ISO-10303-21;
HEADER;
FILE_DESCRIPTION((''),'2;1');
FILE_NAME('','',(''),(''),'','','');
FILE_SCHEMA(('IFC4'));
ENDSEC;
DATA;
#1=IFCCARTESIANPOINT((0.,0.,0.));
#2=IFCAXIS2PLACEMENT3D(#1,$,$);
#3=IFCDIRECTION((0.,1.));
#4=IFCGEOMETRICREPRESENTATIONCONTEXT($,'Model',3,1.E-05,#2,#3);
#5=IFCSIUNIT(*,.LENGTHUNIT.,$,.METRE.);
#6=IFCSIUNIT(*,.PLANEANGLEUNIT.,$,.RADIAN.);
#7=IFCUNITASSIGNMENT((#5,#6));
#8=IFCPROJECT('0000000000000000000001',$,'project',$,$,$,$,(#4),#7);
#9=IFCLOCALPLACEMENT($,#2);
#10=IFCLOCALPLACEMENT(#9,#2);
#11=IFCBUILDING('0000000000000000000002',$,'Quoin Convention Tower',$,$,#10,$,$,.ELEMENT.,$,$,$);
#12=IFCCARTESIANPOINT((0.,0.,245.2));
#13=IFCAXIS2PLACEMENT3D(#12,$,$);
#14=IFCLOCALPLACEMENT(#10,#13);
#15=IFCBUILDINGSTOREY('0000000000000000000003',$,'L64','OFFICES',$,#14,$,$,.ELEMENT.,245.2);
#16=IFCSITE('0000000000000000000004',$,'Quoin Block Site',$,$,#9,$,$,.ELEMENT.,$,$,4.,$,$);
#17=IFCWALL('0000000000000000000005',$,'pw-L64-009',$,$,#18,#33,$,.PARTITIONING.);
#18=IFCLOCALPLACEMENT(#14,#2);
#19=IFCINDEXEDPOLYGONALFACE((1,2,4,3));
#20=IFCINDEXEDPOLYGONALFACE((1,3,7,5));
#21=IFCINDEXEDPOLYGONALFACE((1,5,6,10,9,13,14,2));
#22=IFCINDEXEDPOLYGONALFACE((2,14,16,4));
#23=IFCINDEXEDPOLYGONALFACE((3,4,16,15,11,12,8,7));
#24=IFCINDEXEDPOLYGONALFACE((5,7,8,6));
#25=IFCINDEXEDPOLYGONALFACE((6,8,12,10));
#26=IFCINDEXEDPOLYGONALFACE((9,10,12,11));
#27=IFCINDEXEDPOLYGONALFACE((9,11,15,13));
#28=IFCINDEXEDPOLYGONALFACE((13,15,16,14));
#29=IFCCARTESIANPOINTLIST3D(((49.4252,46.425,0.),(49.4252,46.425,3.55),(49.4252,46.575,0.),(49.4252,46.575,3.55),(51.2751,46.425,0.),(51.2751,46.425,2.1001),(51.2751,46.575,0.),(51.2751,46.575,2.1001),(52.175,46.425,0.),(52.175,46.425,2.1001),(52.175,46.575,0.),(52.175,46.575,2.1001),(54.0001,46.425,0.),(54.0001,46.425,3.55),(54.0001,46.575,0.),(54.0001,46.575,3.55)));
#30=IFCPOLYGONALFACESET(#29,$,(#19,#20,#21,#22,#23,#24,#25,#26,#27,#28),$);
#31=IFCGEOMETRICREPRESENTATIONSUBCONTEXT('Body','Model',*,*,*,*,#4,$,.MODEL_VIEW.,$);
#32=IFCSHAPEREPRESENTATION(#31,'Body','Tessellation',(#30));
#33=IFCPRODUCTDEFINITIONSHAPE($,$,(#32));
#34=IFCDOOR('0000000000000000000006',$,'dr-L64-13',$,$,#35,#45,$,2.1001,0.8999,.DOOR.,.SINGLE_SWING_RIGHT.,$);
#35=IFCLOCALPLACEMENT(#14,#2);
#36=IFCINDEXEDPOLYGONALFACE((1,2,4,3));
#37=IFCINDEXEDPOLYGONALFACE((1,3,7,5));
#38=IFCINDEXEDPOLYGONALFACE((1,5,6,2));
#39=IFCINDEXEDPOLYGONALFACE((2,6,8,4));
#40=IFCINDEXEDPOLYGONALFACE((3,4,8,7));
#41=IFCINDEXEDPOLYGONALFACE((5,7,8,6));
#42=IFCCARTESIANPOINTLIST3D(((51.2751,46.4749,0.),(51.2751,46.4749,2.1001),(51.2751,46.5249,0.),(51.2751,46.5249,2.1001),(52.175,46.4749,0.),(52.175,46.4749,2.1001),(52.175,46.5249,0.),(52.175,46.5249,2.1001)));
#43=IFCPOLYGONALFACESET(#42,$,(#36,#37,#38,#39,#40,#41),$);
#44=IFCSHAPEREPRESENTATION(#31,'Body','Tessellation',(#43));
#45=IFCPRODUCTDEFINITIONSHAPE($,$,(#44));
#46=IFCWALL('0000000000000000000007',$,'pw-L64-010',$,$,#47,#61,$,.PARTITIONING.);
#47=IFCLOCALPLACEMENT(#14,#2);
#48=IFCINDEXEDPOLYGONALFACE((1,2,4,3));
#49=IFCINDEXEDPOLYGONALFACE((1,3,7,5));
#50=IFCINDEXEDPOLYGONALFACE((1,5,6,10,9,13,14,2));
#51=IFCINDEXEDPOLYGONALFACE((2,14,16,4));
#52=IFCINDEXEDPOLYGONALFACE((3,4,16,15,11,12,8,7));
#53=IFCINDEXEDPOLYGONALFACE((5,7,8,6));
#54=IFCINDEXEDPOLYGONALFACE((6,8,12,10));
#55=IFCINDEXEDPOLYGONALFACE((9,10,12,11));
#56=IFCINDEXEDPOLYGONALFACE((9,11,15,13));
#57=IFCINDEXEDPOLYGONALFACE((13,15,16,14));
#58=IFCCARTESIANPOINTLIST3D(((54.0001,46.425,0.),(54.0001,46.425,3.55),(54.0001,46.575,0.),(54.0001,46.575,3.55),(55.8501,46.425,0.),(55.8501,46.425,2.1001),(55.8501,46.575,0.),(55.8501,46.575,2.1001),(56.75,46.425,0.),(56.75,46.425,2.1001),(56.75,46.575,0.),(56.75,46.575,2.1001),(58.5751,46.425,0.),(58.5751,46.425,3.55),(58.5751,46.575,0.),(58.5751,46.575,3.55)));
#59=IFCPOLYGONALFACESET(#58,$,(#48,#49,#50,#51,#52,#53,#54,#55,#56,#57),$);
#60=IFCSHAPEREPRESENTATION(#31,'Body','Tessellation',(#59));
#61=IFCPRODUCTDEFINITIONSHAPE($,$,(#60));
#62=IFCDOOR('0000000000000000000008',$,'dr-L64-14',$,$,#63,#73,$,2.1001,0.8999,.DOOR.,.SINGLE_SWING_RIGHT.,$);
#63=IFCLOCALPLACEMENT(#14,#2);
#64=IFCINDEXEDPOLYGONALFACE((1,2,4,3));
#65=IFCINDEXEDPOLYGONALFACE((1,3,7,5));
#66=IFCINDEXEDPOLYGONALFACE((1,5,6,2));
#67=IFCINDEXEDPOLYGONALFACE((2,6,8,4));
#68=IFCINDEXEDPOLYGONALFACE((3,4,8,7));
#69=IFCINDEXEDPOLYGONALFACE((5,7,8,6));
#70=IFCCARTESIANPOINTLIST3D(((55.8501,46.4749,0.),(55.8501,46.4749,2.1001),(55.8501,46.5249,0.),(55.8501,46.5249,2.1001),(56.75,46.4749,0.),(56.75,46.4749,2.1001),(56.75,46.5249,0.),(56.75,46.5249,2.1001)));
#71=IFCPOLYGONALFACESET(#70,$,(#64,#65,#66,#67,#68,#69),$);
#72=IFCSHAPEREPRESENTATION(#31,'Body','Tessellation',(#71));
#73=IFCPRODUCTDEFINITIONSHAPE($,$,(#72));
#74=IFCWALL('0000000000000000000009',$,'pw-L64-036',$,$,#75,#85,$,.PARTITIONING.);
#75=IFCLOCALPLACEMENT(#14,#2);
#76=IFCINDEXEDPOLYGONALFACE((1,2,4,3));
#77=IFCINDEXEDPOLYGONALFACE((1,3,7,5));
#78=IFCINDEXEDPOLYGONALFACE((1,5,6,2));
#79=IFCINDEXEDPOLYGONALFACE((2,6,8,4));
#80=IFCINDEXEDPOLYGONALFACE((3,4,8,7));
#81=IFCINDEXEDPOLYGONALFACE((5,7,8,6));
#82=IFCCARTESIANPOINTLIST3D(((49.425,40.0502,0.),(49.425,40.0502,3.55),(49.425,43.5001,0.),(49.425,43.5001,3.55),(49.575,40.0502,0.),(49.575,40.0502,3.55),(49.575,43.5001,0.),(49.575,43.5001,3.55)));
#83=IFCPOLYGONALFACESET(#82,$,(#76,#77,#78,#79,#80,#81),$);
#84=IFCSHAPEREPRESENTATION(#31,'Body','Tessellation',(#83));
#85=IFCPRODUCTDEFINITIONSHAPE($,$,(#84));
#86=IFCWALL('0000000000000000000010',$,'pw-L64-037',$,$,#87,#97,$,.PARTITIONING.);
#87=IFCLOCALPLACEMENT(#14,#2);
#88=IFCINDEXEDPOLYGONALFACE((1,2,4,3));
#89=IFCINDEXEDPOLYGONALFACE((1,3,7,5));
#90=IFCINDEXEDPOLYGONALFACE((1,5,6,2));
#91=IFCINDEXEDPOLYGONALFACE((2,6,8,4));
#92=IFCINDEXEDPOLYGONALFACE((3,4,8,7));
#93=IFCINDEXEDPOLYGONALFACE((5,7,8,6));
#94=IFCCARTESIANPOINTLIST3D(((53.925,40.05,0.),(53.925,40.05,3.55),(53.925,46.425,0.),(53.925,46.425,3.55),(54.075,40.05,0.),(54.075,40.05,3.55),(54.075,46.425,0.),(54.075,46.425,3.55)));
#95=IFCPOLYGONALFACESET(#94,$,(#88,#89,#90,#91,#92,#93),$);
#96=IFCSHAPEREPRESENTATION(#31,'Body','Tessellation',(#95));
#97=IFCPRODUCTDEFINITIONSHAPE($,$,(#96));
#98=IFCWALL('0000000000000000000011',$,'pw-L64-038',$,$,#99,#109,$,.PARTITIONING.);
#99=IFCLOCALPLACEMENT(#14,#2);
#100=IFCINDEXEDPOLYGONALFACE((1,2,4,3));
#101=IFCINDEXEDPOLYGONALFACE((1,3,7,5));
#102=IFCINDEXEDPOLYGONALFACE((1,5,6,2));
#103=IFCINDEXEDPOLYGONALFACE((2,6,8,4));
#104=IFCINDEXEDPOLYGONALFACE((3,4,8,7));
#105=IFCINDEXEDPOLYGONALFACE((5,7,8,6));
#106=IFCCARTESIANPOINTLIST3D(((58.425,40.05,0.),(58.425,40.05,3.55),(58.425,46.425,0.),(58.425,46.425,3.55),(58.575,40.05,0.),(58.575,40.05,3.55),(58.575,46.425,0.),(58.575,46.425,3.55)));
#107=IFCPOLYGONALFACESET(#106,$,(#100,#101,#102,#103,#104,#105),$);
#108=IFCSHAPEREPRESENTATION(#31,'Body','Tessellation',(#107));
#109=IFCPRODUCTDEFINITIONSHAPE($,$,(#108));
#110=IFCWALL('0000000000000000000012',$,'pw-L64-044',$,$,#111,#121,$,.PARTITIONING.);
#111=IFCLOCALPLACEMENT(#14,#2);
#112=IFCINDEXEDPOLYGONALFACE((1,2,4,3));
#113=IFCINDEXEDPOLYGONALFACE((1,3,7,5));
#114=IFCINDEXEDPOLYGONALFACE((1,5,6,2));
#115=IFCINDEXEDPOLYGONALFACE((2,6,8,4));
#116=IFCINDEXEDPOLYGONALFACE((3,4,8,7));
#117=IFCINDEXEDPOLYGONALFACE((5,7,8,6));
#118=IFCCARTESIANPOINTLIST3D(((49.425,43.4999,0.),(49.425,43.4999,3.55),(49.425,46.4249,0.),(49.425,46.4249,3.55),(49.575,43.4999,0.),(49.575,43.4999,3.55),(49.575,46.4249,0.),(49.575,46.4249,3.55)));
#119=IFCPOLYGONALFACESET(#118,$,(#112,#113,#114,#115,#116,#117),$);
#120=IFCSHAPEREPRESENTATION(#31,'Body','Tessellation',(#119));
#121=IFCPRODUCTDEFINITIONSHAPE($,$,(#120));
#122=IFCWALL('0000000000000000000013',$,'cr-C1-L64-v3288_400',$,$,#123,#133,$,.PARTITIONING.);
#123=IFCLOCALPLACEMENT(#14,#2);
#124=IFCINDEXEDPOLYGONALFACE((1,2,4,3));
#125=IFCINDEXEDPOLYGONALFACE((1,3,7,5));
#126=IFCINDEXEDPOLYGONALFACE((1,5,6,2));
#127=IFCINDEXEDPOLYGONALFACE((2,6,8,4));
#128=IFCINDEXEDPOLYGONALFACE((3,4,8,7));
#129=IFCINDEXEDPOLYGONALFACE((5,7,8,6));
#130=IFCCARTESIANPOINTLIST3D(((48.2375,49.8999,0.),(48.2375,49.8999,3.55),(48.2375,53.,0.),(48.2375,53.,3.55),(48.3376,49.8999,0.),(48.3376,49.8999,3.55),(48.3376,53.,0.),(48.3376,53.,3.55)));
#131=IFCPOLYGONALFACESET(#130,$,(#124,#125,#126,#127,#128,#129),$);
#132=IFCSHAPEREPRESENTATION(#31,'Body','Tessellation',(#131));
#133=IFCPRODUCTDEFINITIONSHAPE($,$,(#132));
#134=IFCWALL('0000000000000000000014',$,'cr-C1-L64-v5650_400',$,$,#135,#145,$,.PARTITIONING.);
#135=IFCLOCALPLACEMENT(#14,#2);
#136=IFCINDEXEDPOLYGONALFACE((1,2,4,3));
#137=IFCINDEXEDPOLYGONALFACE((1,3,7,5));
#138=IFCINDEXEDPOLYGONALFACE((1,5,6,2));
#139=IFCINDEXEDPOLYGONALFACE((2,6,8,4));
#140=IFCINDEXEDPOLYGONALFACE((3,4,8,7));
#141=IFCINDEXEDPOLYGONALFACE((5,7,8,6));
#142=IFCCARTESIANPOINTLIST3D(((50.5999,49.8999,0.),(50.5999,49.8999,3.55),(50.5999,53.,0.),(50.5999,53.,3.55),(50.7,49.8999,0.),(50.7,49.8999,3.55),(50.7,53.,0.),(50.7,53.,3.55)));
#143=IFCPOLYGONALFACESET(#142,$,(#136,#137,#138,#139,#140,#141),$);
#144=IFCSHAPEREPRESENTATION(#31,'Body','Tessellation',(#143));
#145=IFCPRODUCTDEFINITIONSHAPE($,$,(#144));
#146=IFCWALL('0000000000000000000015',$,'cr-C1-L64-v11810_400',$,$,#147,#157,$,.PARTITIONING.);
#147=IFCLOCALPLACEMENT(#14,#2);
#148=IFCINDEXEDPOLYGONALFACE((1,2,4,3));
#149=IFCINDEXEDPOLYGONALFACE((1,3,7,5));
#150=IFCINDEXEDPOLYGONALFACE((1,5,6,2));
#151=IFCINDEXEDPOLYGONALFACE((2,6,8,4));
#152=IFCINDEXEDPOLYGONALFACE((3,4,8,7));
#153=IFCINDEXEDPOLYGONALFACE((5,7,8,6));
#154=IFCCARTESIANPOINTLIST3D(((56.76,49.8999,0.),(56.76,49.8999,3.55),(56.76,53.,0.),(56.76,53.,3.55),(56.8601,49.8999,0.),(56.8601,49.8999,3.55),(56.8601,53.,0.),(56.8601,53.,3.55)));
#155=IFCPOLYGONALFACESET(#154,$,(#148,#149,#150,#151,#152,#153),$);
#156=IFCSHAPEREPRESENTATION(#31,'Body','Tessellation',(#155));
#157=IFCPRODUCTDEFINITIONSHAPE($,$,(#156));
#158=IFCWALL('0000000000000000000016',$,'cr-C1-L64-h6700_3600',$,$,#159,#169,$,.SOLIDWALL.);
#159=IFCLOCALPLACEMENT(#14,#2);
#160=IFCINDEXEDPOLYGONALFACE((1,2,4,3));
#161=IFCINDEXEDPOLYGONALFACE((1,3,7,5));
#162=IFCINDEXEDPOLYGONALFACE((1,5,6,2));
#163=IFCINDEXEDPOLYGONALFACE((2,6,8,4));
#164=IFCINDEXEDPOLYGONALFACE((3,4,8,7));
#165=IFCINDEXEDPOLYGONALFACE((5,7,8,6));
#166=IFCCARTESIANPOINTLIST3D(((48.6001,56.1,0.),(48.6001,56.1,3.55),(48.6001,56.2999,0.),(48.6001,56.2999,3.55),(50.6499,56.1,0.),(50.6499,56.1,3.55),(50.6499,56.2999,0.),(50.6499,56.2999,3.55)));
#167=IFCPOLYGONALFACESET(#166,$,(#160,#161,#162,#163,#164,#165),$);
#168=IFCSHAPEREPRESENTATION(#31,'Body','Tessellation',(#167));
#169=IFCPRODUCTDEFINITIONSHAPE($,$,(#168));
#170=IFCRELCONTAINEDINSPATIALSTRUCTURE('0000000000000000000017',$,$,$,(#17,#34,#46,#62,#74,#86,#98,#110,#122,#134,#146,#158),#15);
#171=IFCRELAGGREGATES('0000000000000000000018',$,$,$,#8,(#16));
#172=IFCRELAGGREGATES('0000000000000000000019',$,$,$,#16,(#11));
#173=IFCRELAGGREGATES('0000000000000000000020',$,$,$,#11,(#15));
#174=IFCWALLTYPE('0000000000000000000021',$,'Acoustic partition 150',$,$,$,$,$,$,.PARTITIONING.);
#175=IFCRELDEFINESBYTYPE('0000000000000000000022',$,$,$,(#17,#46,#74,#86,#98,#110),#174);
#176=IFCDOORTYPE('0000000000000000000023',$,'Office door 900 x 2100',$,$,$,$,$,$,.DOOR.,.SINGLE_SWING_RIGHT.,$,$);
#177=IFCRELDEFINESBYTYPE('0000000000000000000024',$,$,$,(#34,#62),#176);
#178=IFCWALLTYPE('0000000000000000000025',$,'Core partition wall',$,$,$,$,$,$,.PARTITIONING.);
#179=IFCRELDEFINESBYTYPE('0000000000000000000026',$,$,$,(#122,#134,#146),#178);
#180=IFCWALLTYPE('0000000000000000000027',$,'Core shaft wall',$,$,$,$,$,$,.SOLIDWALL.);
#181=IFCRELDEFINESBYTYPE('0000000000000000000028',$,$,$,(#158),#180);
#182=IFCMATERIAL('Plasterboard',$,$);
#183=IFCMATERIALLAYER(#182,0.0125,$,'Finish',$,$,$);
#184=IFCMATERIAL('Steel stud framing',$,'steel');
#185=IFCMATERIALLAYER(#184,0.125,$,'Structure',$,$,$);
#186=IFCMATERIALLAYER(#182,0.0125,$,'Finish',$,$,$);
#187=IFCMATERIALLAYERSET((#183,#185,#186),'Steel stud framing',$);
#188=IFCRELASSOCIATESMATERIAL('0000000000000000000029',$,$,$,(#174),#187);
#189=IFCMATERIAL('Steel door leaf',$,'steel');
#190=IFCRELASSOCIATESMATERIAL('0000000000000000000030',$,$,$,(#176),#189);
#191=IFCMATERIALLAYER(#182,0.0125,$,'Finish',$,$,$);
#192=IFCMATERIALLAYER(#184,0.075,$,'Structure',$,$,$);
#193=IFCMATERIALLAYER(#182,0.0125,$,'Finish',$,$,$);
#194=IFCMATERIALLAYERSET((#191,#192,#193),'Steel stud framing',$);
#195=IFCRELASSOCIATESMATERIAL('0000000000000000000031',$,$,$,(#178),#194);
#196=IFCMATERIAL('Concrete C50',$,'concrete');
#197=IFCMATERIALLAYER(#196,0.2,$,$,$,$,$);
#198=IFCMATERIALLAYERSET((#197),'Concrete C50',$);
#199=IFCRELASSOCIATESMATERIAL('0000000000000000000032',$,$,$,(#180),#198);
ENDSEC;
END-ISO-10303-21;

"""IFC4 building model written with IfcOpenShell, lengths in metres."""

from ifc_helpers import new_model, si_unit, direction, frame, frame_2d, origin, place, context, subcontext, project, spatial, rectangle, extrude, material, layer, layer_set, type_object, element, fill, save


model = new_model("IFC4")

# Units and contexts
model_context = context("Model", 3, precision=1e-05, world=origin(), true_north=direction((0.0, 1.0)))
body_context = subcontext(model_context, "Body", "Model", "MODEL_VIEW")
ifc_project = project(units=[si_unit("LENGTHUNIT", "METRE"), si_unit("PLANEANGLEUNIT", "RADIAN")], contexts=[model_context])

# Site, building, storey
site_placement = place(None, origin())
site = spatial("IfcSite", under=ifc_project, at=site_placement, Name="Quoin Block Site", CompositionType="ELEMENT", RefElevation=4.0)
building_placement = place(site_placement, origin())
building = spatial("IfcBuilding", under=site, at=building_placement, Name="Quoin Convention Tower", CompositionType="ELEMENT")
storey_placement = place(building_placement, frame((0.0, 0.0, 245.2)))
storey = spatial("IfcBuildingStorey", under=building, at=storey_placement, Name="L64", Description="OFFICES", CompositionType="ELEMENT", Elevation=245.2)

# Shared definitions
ifc_material_1 = material(Name="Concrete C50", Category="concrete")

# Walls, openings, doors
ifc_material_2 = material(Name="Plasterboard")
ifc_layer_1 = layer(ifc_material_2, 0.0125, Name="Finish")
ifc_material_3 = material(Name="Steel stud framing", Category="steel")
ifc_layer_2 = layer(ifc_material_3, 0.125, Name="Structure")
ifc_layer_3 = layer(ifc_material_2, 0.0125, Name="Finish")
ifc_layer_set_1 = layer_set([ifc_layer_1, ifc_layer_2, ifc_layer_3], Name="Steel stud framing")
wall_type_1 = type_object("IfcWallType", Name="Acoustic partition 150", PredefinedType="PARTITIONING", material=ifc_layer_set_1)
wall_1_placement = place(storey_placement, frame((49.425, 46.5, 0.0), z_axis=(0.0, 0.0, 1.0), x_axis=(1.0, 0.0, 0.0)))
wall_1 = element("IfcWall", 1, at=wall_1_placement, inside=storey, type_object=wall_type_1, Name="pw-L64-009", PredefinedType="PARTITIONING", context=body_context, shape_type="SweptSolid", body=[
    extrude(rectangle(XDim=4.575, YDim=0.1499, at=frame_2d((2.2876, 0.0))), origin(), (0.0, 0.0, 1.0), 3.55),
])
opening_1_placement = place(wall_1_placement, frame((1.8501, 0.0, 0.0)))
opening_1 = element("IfcOpeningElement", 2, at=opening_1_placement, cuts=wall_1, PredefinedType="OPENING", context=body_context, shape_type="SweptSolid", body=[
    extrude(rectangle(XDim=0.8999, YDim=2.1001, at=frame_2d((0.45, 1.05))), frame((0.0, 0.085, 0.0), z_axis=(0.0, -1.0, 0.0), x_axis=(1.0, 0.0, 0.0)), (0.0, 0.0, 1.0), 0.1699),
])
ifc_material_4 = material(Name="Steel door leaf", Category="steel")
door_type_1 = type_object("IfcDoorType", Name="Office door 900 x 2100", OperationType="SINGLE_SWING_RIGHT", PredefinedType="DOOR", material=ifc_material_4)
door_1_placement = place(opening_1_placement, origin())
door_1 = element("IfcDoor", 3, at=door_1_placement, inside=storey, type_object=door_type_1, Name="dr-L64-13", OperationType="SINGLE_SWING_RIGHT", OverallHeight=2.1001, OverallWidth=0.8999, PredefinedType="DOOR", context=body_context, shape_type="SweptSolid", body=[
    extrude(rectangle(XDim=0.8999, YDim=2.1001, at=frame_2d((0.45, 1.05))), frame((0.0, 0.0249, 0.0), z_axis=(0.0, -1.0, 0.0), x_axis=(1.0, 0.0, 0.0)), (0.0, 0.0, 1.0), 0.05),
])
fill(opening_1, door_1)
wall_2_placement = place(storey_placement, frame((54.0, 46.5, 0.0), z_axis=(0.0, 0.0, 1.0), x_axis=(1.0, 0.0, 0.0)))
wall_2 = element("IfcWall", 4, at=wall_2_placement, inside=storey, type_object=wall_type_1, Name="pw-L64-010", PredefinedType="PARTITIONING", context=body_context, shape_type="SweptSolid", body=[
    extrude(rectangle(XDim=4.575, YDim=0.1499, at=frame_2d((2.2876, 0.0))), origin(), (0.0, 0.0, 1.0), 3.55),
])
opening_2_placement = place(wall_2_placement, frame((1.8501, 0.0, 0.0)))
opening_2 = element("IfcOpeningElement", 5, at=opening_2_placement, cuts=wall_2, PredefinedType="OPENING", context=body_context, shape_type="SweptSolid", body=[
    extrude(rectangle(XDim=0.8999, YDim=2.1001, at=frame_2d((0.45, 1.05))), frame((0.0, 0.085, 0.0), z_axis=(0.0, -1.0, 0.0), x_axis=(1.0, 0.0, 0.0)), (0.0, 0.0, 1.0), 0.1699),
])
door_2_placement = place(opening_2_placement, origin())
door_2 = element("IfcDoor", 6, at=door_2_placement, inside=storey, type_object=door_type_1, Name="dr-L64-14", OperationType="SINGLE_SWING_RIGHT", OverallHeight=2.1001, OverallWidth=0.8999, PredefinedType="DOOR", context=body_context, shape_type="SweptSolid", body=[
    extrude(rectangle(XDim=0.8999, YDim=2.1001, at=frame_2d((0.45, 1.05))), frame((0.0, 0.0249, 0.0), z_axis=(0.0, -1.0, 0.0), x_axis=(1.0, 0.0, 0.0)), (0.0, 0.0, 1.0), 0.05),
])
fill(opening_2, door_2)

# Walls
wall_3_placement = place(storey_placement, frame((49.5, 40.05, 0.0), z_axis=(0.0, 0.0, 1.0), x_axis=(0.0, 1.0, 0.0)))
element("IfcWall", 7, at=wall_3_placement, inside=storey, type_object=wall_type_1, Name="pw-L64-036", PredefinedType="PARTITIONING", context=body_context, shape_type="SweptSolid", body=[
    extrude(rectangle(XDim=3.45, YDim=0.1499, at=frame_2d((1.7251, 0.0))), origin(), (0.0, 0.0, 1.0), 3.55),
])
for number, where, z_axis, x_axis, name in (
    (8, (54.0, 40.05, 0.0), (0.0, 0.0, 1.0), (0.0, 1.0, 0.0), "pw-L64-037"),
    (9, (58.5, 40.05, 0.0), (0.0, 0.0, 1.0), (0.0, 1.0, 0.0), "pw-L64-038"),
):
    element("IfcWall", number, at=place(storey_placement, frame(where, z_axis=z_axis, x_axis=x_axis)), inside=storey, type_object=wall_type_1, Name=name, PredefinedType="PARTITIONING", context=body_context, shape_type="SweptSolid", body=[
        extrude(rectangle(XDim=6.375, YDim=0.1499, at=frame_2d((3.1875, 0.0))), origin(), (0.0, 0.0, 1.0), 3.55),
    ])
wall_4_placement = place(storey_placement, frame((49.5, 43.5, 0.0), z_axis=(0.0, 0.0, 1.0), x_axis=(0.0, 1.0, 0.0)))
element("IfcWall", 10, at=wall_4_placement, inside=storey, type_object=wall_type_1, Name="pw-L64-044", PredefinedType="PARTITIONING", context=body_context, shape_type="SweptSolid", body=[
    extrude(rectangle(XDim=2.925, YDim=0.1499, at=frame_2d((1.4624, 0.0))), origin(), (0.0, 0.0, 1.0), 3.55),
])
ifc_layer_4 = layer(ifc_material_2, 0.0125, Name="Finish")
ifc_layer_5 = layer(ifc_material_3, 0.075, Name="Structure")
ifc_layer_6 = layer(ifc_material_2, 0.0125, Name="Finish")
ifc_layer_set_2 = layer_set([ifc_layer_4, ifc_layer_5, ifc_layer_6], Name="Steel stud framing")
wall_type_2 = type_object("IfcWallType", Name="Core partition wall", PredefinedType="PARTITIONING", material=ifc_layer_set_2)
for number, where, z_axis, x_axis, name in (
    (11, (48.2876, 49.8999, 0.0), (0.0, 0.0, 1.0), (0.0, 1.0, 0.0), "cr-C1-L64-v3288_400"),
    (12, (50.6499, 49.8999, 0.0), (0.0, 0.0, 1.0), (0.0, 1.0, 0.0), "cr-C1-L64-v5650_400"),
    (13, (56.8101, 49.8999, 0.0), (0.0, 0.0, 1.0), (0.0, 1.0, 0.0), "cr-C1-L64-v11810_400"),
):
    element("IfcWall", number, at=place(storey_placement, frame(where, z_axis=z_axis, x_axis=x_axis)), inside=storey, type_object=wall_type_2, Name=name, PredefinedType="PARTITIONING", context=body_context, shape_type="SweptSolid", body=[
        extrude(rectangle(XDim=3.1001, YDim=0.1001, at=frame_2d((1.55, 0.0))), origin(), (0.0, 0.0, 1.0), 3.55),
    ])
ifc_layer_7 = layer(ifc_material_1, 0.2)
ifc_layer_set_3 = layer_set([ifc_layer_7], Name="Concrete C50")
wall_type_3 = type_object("IfcWallType", Name="Core shaft wall", PredefinedType="SOLIDWALL", material=ifc_layer_set_3)
wall_5_placement = place(storey_placement, frame((48.6001, 56.2, 0.0), z_axis=(0.0, 0.0, 1.0), x_axis=(1.0, 0.0, 0.0)))
element("IfcWall", 14, at=wall_5_placement, inside=storey, type_object=wall_type_3, Name="cr-C1-L64-h6700_3600", PredefinedType="SOLIDWALL", context=body_context, shape_type="SweptSolid", body=[
    extrude(rectangle(XDim=2.0498, YDim=0.2, at=frame_2d((1.0249, 0.0))), origin(), (0.0, 0.0, 1.0), 3.55),
])

save(model, "model.ifc")
